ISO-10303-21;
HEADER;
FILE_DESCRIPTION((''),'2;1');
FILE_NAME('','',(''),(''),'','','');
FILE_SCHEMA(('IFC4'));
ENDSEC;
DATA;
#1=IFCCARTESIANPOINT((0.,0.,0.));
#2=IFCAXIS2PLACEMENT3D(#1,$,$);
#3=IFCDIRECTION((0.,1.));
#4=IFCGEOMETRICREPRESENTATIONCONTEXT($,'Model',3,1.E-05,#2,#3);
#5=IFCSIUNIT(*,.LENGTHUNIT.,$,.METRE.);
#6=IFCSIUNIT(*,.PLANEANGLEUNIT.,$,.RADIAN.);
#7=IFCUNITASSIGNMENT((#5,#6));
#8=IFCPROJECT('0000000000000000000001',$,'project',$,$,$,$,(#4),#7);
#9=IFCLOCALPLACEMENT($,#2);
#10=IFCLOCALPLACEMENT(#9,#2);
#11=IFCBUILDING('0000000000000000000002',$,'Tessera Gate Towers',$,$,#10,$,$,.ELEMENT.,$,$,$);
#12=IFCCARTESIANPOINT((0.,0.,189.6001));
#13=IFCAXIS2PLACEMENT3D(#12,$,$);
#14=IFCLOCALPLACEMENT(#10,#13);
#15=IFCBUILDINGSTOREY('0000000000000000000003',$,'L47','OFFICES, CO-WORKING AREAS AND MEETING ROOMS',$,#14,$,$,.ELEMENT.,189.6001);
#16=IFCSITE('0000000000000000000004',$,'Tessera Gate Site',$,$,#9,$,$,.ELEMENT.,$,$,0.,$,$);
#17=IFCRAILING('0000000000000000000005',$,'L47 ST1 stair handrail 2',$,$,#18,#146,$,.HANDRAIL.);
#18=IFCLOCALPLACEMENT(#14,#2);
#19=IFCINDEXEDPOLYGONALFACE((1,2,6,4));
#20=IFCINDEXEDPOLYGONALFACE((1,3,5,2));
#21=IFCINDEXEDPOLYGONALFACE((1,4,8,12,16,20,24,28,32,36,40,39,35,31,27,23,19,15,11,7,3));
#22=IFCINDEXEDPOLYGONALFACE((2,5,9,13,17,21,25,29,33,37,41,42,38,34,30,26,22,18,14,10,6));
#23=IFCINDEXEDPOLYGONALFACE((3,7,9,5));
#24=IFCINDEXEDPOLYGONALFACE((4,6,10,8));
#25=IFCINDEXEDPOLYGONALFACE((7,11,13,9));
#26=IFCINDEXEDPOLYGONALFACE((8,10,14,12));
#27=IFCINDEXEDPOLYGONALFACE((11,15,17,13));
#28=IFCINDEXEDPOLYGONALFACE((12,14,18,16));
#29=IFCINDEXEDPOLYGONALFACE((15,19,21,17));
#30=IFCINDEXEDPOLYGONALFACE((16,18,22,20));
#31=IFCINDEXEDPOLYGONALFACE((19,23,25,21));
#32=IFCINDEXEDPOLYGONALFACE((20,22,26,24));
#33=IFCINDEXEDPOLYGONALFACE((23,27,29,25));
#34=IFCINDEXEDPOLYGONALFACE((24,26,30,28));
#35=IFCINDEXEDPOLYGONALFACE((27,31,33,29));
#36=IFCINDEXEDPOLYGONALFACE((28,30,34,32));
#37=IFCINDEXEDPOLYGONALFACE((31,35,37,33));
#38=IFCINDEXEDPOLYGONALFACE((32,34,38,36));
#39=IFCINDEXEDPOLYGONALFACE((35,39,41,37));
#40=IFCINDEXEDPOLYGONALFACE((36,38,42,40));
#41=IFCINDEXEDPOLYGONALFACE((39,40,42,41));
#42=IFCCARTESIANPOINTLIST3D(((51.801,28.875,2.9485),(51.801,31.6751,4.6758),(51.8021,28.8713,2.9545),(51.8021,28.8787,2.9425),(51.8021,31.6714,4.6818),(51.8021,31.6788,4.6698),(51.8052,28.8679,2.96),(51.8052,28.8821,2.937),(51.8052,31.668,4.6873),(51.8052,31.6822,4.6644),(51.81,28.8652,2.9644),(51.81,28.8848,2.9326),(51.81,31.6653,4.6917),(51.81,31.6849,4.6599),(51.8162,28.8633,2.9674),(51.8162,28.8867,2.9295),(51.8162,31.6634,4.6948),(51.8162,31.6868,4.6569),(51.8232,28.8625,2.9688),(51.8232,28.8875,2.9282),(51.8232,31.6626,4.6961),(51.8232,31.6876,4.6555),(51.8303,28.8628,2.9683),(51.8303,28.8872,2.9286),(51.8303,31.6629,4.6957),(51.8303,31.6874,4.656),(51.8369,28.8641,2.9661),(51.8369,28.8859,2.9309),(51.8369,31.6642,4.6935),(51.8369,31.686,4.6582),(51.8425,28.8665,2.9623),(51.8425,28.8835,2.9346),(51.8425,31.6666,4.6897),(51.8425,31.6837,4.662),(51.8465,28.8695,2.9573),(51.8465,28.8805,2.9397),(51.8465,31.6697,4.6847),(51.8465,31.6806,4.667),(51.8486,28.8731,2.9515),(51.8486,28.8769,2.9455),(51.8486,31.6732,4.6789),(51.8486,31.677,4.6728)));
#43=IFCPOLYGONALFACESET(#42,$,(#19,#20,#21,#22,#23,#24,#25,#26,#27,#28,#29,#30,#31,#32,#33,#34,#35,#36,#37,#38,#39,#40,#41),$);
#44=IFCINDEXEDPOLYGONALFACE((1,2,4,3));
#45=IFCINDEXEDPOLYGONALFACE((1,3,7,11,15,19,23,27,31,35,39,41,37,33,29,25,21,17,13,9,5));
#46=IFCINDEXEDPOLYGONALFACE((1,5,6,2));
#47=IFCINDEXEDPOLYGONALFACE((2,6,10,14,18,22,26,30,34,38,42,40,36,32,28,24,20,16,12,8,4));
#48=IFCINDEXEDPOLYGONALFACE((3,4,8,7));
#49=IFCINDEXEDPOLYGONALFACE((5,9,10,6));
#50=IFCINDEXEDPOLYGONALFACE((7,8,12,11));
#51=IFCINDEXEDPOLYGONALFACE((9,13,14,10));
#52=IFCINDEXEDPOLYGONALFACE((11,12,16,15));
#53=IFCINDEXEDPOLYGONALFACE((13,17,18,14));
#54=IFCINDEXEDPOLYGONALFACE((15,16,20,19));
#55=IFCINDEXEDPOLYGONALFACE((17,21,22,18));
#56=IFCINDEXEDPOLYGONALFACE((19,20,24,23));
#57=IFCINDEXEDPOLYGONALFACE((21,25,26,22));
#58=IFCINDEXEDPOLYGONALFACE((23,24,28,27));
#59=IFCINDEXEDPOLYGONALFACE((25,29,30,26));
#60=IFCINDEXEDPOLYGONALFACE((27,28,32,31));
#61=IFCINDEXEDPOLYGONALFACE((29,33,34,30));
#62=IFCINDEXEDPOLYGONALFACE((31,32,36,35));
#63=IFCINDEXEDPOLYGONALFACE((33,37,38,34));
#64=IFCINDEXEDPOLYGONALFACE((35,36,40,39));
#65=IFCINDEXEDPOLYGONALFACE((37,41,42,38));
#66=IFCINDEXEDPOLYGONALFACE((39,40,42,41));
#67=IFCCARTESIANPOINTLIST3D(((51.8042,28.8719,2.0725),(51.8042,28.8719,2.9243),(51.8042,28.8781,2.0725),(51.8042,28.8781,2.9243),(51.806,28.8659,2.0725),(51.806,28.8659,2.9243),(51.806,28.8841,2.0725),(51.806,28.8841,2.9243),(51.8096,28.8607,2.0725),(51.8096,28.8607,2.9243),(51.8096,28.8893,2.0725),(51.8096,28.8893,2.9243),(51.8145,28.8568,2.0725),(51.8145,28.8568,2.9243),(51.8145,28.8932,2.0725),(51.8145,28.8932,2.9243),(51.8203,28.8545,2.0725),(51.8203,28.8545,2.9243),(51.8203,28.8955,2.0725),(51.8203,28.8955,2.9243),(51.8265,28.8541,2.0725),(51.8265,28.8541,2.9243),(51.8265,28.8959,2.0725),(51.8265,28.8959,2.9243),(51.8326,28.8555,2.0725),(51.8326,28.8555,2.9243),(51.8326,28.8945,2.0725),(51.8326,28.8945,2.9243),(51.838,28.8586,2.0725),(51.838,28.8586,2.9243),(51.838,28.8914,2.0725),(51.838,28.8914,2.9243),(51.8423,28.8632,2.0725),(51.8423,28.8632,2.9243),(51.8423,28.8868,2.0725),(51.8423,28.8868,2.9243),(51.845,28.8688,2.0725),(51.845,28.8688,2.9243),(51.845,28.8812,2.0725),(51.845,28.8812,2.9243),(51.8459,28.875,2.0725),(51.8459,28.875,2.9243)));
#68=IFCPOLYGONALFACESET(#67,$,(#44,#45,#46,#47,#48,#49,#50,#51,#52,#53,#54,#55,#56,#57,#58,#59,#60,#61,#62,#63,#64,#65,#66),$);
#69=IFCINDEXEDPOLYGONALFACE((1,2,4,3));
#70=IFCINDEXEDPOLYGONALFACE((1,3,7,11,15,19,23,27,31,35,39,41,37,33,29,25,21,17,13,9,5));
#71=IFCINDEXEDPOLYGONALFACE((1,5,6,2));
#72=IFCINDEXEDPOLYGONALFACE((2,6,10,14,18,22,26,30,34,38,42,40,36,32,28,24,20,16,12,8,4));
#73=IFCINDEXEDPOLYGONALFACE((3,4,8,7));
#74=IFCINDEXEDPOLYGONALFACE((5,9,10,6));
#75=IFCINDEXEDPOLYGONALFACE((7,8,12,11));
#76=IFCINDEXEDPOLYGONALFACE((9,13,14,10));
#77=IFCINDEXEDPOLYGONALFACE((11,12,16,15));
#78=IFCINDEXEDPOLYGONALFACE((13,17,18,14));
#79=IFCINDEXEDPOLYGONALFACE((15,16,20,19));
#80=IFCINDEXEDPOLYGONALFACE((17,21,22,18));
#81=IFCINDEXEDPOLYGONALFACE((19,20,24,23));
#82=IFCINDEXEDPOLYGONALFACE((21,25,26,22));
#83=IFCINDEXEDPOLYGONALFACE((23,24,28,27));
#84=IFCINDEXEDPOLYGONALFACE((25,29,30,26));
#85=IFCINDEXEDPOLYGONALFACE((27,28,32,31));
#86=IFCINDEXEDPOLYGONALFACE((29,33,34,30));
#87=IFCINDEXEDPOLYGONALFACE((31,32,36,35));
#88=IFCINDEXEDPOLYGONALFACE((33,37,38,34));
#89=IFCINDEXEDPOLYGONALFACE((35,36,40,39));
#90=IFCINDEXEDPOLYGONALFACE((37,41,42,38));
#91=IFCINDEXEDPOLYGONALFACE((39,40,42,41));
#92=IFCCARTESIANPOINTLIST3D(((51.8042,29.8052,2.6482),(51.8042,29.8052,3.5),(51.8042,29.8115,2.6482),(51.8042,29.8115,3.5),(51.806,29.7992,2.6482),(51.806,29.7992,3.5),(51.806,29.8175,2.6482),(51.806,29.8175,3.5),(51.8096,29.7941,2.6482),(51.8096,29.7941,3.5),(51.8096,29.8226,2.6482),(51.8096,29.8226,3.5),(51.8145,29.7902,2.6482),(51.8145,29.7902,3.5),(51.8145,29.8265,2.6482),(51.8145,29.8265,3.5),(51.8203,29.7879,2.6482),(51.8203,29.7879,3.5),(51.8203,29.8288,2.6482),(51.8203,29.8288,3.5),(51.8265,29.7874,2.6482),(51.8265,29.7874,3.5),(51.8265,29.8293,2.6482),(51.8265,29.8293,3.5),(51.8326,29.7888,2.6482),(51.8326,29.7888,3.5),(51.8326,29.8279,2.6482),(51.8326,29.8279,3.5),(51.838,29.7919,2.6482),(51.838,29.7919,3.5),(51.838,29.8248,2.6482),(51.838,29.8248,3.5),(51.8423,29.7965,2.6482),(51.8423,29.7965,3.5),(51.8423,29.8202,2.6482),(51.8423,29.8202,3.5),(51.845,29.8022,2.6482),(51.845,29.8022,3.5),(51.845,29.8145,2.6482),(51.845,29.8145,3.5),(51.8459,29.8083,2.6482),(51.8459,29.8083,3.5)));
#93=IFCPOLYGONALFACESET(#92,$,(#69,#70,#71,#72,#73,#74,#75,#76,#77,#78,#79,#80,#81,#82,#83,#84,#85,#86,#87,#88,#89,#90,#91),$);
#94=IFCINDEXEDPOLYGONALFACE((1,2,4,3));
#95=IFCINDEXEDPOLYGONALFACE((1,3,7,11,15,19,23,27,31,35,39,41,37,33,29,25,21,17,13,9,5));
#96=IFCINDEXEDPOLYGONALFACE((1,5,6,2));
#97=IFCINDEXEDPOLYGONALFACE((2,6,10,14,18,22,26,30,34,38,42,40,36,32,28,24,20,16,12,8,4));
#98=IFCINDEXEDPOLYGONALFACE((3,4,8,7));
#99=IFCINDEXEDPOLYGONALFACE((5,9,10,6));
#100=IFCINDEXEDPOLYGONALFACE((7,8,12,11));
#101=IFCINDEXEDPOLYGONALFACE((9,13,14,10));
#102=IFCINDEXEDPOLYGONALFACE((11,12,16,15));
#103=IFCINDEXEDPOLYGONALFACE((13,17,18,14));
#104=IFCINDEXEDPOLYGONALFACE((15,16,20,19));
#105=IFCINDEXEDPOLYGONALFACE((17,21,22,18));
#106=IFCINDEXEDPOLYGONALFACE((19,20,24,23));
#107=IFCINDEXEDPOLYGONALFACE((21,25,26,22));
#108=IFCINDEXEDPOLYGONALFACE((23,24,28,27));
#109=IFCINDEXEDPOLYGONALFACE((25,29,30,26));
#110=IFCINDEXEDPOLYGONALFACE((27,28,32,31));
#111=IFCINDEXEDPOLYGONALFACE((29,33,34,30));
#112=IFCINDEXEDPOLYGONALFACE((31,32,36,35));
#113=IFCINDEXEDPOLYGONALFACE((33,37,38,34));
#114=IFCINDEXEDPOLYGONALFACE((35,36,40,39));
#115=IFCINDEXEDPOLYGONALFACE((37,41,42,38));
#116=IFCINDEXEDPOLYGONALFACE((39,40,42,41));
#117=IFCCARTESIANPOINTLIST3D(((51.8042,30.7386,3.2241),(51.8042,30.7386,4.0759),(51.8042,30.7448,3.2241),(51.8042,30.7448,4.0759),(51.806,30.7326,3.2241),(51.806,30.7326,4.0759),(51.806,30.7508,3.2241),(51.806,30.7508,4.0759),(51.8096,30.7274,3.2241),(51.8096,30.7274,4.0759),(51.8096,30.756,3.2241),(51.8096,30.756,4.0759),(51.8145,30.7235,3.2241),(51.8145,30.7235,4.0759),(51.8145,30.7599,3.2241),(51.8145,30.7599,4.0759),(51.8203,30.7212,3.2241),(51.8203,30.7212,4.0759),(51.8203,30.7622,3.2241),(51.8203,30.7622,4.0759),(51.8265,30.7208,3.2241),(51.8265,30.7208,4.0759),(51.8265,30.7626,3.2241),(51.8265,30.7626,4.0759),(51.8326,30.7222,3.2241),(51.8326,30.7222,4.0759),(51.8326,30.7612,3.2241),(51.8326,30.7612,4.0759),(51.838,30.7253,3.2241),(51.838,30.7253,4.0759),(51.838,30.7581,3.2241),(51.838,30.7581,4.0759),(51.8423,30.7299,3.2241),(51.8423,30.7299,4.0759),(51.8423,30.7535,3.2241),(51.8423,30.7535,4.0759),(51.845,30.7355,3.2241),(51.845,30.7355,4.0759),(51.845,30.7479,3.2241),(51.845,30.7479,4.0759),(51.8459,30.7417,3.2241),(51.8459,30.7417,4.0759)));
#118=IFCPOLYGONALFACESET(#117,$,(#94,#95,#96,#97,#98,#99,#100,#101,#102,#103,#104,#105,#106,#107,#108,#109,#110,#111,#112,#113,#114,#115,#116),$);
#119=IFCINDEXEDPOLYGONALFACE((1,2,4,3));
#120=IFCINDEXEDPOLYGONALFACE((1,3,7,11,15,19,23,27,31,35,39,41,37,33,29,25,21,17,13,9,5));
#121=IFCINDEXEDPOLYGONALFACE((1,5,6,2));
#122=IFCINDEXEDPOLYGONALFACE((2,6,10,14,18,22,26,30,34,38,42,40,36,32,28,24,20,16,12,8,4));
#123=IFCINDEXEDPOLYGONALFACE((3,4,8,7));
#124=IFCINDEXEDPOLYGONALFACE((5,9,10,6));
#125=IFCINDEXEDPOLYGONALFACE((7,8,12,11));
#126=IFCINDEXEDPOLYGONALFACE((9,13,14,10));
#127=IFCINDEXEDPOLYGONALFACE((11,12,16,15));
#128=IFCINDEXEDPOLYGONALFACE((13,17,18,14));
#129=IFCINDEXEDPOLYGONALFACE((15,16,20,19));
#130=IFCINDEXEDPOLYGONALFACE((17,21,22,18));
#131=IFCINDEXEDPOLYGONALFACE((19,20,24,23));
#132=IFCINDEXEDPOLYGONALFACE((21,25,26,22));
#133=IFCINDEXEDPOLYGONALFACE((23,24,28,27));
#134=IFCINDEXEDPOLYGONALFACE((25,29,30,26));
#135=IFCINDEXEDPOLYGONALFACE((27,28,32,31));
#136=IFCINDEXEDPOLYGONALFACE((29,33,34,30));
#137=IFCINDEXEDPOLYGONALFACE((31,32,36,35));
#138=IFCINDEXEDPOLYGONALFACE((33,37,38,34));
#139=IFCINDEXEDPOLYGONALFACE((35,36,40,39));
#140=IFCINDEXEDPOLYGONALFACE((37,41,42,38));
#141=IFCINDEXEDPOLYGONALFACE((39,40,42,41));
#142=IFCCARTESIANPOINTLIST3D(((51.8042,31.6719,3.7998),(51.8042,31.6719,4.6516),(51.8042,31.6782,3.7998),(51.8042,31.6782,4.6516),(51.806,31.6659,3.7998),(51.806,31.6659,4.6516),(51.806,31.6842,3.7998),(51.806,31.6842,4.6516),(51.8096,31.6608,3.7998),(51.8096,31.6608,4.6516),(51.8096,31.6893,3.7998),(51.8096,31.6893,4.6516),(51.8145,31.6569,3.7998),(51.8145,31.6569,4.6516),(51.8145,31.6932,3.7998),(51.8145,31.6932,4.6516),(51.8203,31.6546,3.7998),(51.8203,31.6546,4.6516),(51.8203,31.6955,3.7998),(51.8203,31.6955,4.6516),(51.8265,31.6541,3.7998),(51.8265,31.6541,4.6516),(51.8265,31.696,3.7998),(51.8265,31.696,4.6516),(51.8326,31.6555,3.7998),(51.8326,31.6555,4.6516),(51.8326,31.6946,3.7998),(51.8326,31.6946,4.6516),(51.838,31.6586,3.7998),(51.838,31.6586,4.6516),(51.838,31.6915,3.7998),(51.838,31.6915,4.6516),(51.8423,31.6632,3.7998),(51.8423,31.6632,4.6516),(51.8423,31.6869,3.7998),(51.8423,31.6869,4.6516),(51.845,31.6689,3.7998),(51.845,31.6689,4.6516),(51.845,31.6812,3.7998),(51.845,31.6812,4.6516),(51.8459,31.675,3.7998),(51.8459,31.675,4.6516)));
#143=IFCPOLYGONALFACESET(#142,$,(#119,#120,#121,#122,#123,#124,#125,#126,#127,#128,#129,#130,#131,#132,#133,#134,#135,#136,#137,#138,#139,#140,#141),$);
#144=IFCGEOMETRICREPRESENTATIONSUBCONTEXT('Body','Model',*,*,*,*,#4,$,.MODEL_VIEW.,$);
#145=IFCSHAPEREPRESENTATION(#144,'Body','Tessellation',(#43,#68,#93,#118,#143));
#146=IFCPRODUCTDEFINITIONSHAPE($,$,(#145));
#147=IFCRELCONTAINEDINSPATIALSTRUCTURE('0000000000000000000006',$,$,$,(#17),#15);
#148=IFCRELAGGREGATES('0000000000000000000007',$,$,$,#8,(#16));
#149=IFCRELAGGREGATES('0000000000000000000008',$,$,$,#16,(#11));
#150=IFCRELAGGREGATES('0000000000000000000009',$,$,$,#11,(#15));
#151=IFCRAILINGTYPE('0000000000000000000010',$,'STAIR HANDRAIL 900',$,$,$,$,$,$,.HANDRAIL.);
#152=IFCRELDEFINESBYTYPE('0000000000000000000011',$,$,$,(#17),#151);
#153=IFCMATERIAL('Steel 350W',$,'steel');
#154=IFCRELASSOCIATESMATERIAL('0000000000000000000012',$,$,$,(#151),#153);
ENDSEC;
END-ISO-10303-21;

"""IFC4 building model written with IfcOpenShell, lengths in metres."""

from ifc_helpers import new_model, si_unit, direction, frame, origin, origin_2d, place, context, subcontext, project, spatial, circle, extrude, material, type_object, element, save


model = new_model("IFC4")

# Units and contexts
model_context = context("Model", 3, precision=1e-05, world=origin(), true_north=direction((0.0, 1.0)))
body_context = subcontext(model_context, "Body", "Model", "MODEL_VIEW")
ifc_project = project(units=[si_unit("LENGTHUNIT", "METRE"), si_unit("PLANEANGLEUNIT", "RADIAN")], contexts=[model_context])

# Site, building, storey
site_placement = place(None, origin())
site = spatial("IfcSite", under=ifc_project, at=site_placement, Name="Tessera Gate Site", CompositionType="ELEMENT", RefElevation=0.0)
building_placement = place(site_placement, origin())
building = spatial("IfcBuilding", under=site, at=building_placement, Name="Tessera Gate Towers", CompositionType="ELEMENT")
storey_placement = place(building_placement, frame((0.0, 0.0, 189.6001)))
storey = spatial("IfcBuildingStorey", under=building, at=storey_placement, Name="L47", Description="OFFICES, CO-WORKING AREAS AND MEETING ROOMS", CompositionType="ELEMENT", Elevation=189.6001)

# Railing
ifc_material_1 = material(Name="Steel 350W", Category="steel")
railing_type_1 = type_object("IfcRailingType", Name="STAIR HANDRAIL 900", PredefinedType="HANDRAIL", material=ifc_material_1)
railing_1_placement = place(storey_placement, frame((51.825, 28.875, 2.0725)))
element("IfcRailing", 1, at=railing_1_placement, inside=storey, type_object=railing_type_1, Name="L47 ST1 stair handrail 2", PredefinedType="HANDRAIL", context=body_context, shape_type="SweptSolid", body=[
    extrude(circle(Radius=0.0239, at=origin_2d()), frame((0.0, 0.0, 0.876), z_axis=(0.0, 0.85109, 0.52502), x_axis=(-1.0, 0.0, 0.0)), (0.0, 0.0, 1.0), 3.29),
    extrude(circle(Radius=0.021, at=origin_2d()), origin(), (0.0, 0.0, 1.0), 0.8518),
    extrude(circle(Radius=0.021, at=origin_2d()), frame((0.0, 0.9333, 0.5757)), (0.0, 0.0, 1.0), 0.8518),
    extrude(circle(Radius=0.021, at=origin_2d()), frame((0.0, 1.8667, 1.1516)), (0.0, 0.0, 1.0), 0.8518),
    extrude(circle(Radius=0.021, at=origin_2d()), frame((0.0, 2.8, 1.7273)), (0.0, 0.0, 1.0), 0.8518),
])

save(model, "model.ifc")
